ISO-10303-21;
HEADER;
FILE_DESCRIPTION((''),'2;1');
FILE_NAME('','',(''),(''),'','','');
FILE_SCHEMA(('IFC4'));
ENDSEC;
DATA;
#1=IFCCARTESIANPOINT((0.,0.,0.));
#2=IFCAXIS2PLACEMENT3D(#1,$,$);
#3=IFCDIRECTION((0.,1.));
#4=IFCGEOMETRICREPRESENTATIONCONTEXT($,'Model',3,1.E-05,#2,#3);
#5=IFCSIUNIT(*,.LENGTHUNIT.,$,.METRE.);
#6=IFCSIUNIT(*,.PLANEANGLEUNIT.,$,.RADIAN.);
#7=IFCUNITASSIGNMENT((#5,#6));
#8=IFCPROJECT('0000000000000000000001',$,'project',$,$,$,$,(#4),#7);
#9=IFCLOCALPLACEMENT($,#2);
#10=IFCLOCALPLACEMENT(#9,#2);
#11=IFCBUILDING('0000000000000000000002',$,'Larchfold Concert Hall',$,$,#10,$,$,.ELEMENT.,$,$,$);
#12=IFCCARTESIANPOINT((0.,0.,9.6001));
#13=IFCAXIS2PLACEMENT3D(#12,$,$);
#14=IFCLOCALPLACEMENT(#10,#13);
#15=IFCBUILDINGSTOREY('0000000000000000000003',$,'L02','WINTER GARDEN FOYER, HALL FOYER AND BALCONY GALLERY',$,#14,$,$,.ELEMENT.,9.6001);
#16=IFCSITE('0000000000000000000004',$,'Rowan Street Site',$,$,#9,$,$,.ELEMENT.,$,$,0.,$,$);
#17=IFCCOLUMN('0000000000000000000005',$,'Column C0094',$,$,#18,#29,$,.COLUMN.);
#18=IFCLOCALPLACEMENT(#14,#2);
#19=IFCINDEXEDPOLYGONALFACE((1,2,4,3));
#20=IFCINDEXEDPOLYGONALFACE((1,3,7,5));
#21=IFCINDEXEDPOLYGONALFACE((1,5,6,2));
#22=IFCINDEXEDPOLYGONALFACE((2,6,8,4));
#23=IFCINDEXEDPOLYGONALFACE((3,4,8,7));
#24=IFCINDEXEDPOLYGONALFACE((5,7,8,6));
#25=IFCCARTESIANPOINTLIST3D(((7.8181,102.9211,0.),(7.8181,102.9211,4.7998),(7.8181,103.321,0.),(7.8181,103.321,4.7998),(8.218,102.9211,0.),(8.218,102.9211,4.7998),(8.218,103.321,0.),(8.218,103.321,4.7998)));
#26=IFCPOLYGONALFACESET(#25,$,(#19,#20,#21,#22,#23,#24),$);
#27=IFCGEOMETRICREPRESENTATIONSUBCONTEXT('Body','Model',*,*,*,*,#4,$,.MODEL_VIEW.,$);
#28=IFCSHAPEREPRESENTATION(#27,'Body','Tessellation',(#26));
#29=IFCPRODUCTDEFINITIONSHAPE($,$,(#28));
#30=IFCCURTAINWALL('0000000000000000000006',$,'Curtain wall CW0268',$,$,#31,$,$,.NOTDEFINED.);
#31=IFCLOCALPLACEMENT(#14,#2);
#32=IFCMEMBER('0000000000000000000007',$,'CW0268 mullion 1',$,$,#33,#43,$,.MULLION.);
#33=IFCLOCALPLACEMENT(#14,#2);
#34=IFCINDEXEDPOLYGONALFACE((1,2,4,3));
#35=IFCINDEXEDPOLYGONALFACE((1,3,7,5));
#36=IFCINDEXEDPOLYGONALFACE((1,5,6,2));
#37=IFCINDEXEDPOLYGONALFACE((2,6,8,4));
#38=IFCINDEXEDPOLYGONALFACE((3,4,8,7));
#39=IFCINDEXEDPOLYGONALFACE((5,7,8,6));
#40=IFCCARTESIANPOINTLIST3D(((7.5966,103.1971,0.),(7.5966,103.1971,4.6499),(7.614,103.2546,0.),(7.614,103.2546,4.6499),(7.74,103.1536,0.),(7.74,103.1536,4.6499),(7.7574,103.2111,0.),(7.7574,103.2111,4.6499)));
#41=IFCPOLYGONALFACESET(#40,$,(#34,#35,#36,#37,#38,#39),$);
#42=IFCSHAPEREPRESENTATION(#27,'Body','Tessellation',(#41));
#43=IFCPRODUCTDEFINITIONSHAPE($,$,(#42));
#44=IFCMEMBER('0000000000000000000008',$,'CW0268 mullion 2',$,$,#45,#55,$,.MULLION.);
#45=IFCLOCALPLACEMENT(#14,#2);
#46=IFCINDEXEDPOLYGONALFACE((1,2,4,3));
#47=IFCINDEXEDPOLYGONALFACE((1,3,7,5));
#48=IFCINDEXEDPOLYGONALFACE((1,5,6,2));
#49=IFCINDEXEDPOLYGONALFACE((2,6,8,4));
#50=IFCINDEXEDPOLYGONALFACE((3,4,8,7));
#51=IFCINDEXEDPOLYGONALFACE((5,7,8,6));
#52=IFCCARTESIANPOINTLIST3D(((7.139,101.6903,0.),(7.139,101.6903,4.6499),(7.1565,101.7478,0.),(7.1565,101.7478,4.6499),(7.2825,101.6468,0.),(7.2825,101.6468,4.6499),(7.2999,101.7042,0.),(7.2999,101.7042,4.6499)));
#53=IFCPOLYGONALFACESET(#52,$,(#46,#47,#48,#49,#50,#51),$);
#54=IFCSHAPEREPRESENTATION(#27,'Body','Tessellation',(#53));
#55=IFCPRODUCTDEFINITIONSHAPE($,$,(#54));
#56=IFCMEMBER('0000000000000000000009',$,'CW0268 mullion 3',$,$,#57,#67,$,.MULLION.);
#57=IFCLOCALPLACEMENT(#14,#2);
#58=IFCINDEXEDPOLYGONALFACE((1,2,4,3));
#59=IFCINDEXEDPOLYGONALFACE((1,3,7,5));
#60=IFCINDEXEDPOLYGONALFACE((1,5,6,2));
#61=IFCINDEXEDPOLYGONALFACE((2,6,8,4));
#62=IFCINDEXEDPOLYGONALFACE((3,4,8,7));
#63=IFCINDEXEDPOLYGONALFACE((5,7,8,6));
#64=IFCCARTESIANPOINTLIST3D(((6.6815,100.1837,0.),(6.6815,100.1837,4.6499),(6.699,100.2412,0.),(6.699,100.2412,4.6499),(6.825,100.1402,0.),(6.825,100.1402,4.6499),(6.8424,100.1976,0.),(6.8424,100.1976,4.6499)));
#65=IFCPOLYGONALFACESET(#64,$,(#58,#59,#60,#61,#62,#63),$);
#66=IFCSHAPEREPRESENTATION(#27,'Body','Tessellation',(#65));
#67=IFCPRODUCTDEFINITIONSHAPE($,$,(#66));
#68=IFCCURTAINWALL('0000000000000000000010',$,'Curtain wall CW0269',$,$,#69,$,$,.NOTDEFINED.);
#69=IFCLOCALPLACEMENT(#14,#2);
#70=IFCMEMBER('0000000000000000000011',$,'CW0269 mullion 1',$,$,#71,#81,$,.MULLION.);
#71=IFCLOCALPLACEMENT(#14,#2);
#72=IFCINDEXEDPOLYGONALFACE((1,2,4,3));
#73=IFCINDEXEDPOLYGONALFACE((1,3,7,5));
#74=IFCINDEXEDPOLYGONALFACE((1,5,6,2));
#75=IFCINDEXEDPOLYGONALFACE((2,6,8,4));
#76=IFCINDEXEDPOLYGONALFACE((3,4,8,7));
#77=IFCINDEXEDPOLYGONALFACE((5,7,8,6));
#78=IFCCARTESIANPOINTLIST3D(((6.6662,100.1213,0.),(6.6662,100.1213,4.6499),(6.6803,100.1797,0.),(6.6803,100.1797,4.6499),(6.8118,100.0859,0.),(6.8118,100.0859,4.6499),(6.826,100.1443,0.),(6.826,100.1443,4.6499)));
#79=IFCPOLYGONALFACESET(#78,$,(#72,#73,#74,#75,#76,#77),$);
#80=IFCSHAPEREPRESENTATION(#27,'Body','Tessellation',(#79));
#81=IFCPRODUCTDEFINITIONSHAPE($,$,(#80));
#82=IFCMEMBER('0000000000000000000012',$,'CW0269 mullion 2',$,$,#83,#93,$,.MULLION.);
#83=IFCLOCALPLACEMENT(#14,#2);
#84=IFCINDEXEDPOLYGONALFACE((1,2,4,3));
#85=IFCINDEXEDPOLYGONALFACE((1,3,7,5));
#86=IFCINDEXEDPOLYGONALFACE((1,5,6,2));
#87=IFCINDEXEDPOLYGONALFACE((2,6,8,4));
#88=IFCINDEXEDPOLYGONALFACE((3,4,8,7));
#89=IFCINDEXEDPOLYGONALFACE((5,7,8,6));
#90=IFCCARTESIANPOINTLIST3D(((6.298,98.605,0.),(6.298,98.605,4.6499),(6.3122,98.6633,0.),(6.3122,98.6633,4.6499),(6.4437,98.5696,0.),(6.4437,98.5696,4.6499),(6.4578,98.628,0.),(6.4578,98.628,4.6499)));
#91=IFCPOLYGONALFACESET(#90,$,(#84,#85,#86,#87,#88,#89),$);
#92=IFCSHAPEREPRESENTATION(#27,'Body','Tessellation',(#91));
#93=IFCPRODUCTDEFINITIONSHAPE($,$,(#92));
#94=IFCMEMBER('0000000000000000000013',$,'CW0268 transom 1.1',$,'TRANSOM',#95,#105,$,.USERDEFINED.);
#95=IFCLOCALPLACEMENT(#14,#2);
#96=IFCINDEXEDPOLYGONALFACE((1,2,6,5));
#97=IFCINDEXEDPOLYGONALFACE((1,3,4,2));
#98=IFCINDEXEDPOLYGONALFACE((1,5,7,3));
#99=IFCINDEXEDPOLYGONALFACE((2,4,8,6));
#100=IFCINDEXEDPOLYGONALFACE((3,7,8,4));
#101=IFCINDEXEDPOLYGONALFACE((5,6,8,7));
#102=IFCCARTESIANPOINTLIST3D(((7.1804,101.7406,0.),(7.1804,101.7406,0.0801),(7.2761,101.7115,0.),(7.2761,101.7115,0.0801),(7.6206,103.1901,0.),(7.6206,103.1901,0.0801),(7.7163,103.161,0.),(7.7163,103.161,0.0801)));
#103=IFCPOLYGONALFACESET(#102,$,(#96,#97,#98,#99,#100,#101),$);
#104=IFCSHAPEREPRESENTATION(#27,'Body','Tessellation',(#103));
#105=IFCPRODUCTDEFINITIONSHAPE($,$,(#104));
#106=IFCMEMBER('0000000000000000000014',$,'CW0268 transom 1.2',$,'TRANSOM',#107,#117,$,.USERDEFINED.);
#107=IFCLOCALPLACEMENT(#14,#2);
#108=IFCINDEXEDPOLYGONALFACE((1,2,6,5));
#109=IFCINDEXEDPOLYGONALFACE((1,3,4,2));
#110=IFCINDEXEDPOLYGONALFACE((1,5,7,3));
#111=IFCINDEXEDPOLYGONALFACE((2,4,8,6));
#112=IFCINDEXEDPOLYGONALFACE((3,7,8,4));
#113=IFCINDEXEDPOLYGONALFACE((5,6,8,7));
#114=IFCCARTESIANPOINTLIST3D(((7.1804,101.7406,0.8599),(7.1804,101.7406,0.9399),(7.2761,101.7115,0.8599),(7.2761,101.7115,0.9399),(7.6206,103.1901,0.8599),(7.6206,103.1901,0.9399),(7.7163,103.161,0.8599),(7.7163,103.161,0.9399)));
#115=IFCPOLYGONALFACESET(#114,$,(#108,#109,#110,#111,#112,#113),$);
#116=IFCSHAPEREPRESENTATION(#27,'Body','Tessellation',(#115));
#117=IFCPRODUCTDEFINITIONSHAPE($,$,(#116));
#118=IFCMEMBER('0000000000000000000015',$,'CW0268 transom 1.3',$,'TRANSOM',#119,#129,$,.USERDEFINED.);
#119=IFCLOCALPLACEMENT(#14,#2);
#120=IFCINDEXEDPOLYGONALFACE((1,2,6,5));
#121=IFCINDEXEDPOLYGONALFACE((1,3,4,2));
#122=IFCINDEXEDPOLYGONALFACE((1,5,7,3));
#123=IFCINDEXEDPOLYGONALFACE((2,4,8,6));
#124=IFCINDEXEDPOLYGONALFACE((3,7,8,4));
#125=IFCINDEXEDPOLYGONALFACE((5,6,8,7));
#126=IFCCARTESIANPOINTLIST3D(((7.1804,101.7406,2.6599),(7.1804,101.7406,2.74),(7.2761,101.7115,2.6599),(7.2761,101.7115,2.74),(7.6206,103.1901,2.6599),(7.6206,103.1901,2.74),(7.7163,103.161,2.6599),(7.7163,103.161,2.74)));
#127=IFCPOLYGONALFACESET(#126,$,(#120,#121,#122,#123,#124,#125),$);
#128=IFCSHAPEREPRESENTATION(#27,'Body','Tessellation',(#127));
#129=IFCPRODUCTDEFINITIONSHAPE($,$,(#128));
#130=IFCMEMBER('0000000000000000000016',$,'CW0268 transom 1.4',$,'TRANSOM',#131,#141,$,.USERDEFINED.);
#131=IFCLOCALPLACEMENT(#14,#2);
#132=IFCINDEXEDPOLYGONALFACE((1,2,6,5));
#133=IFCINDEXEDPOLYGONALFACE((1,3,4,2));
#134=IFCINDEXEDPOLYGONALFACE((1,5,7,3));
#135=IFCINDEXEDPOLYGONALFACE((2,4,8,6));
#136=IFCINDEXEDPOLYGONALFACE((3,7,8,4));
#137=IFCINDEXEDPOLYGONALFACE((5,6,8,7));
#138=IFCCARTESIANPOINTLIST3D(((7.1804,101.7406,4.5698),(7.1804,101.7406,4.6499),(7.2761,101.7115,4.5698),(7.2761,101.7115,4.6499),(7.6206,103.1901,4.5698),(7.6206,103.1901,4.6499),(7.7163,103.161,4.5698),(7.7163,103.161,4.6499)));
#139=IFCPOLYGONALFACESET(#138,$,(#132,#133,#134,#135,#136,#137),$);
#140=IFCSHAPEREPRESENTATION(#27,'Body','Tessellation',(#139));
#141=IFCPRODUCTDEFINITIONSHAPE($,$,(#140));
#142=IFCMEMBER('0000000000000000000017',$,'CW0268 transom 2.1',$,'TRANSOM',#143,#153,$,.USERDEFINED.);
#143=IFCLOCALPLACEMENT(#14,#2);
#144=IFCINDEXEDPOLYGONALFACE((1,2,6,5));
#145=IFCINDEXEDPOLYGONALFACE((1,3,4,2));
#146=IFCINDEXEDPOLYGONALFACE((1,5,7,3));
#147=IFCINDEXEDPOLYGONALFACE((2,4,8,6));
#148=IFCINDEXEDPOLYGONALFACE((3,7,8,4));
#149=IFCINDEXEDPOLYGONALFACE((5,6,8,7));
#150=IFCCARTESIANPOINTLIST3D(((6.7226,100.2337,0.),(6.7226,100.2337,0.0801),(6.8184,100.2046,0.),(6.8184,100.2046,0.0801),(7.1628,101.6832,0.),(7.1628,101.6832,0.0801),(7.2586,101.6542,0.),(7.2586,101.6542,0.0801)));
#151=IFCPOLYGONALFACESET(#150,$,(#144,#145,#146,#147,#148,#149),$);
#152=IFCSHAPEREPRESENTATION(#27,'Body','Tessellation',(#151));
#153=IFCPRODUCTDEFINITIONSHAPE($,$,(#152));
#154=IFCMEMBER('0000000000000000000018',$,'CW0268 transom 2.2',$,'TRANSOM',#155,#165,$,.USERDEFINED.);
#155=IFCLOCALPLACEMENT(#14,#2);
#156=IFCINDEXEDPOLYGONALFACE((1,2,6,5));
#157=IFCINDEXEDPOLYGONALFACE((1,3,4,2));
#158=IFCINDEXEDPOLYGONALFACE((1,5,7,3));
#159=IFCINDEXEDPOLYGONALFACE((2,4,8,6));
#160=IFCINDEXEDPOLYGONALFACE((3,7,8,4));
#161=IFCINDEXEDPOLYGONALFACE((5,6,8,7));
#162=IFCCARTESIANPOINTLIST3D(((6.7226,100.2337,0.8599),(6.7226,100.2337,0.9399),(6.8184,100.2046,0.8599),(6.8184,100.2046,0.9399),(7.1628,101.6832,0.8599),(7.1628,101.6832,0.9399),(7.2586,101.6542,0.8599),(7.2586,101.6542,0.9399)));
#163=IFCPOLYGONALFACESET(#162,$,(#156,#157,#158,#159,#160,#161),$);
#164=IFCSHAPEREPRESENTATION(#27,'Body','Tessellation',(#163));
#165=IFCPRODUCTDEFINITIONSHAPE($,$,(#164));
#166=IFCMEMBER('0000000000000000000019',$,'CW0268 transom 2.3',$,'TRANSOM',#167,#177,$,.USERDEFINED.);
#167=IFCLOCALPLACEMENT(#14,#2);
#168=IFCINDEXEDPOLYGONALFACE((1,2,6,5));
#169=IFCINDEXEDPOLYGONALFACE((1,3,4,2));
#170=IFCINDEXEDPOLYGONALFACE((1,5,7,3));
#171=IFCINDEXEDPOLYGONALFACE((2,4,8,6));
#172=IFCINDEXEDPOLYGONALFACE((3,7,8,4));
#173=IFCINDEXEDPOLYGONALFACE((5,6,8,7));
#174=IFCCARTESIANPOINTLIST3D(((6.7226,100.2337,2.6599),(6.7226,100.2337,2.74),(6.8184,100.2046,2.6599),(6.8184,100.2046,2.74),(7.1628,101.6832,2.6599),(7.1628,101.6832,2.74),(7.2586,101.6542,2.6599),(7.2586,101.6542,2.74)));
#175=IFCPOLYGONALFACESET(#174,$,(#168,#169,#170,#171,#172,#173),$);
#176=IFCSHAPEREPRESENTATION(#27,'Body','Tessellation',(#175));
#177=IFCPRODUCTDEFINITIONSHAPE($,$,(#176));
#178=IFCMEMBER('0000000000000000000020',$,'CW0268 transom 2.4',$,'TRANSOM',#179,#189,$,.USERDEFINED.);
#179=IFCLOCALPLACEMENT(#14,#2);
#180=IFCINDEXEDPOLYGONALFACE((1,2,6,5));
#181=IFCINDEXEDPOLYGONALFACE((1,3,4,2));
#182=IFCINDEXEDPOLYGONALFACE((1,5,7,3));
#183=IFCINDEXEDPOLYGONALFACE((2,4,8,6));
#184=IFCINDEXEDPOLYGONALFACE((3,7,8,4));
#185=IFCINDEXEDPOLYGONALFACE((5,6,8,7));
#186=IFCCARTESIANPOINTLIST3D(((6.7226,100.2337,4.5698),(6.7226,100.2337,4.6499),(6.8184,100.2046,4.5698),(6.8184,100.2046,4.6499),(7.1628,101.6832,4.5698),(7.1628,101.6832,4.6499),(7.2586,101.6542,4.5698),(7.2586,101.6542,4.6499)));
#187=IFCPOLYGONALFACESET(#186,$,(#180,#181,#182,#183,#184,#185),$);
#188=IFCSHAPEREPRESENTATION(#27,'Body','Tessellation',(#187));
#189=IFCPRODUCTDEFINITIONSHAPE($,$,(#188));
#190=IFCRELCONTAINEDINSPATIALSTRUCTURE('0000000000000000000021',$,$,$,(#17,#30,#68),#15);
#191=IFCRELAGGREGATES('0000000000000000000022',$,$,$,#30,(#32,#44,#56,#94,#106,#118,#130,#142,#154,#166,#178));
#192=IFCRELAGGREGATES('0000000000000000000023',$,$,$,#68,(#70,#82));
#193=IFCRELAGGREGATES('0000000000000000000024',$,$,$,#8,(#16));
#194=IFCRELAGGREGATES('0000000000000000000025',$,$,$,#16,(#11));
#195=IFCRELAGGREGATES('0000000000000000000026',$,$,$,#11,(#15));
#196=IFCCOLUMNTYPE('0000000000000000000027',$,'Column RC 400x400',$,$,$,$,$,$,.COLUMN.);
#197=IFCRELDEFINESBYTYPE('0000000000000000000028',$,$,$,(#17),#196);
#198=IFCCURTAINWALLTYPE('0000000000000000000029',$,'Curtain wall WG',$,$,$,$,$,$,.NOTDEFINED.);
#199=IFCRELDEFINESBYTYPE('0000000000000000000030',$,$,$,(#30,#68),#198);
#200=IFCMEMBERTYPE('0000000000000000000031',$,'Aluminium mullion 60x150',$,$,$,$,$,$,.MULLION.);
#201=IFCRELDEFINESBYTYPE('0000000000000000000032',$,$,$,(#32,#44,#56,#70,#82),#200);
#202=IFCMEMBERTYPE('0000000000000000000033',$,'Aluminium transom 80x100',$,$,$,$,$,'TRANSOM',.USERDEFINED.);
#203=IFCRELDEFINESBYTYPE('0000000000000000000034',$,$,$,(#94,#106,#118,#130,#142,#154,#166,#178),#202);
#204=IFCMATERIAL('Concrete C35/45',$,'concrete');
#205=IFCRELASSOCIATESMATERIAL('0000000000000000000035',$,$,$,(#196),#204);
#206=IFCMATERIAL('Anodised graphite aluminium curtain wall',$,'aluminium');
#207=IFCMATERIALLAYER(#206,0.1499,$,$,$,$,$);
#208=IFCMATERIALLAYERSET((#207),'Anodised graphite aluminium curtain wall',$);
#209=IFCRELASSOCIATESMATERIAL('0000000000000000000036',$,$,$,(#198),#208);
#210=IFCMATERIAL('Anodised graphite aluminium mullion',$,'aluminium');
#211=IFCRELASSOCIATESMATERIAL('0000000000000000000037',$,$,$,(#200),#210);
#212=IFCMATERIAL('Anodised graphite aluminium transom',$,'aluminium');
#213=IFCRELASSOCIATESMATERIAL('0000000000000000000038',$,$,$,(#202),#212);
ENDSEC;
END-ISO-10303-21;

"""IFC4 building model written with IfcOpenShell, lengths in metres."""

from ifc_helpers import new_model, si_unit, direction, frame, origin, origin_2d, place, context, subcontext, project, spatial, rectangle, extrude, material, layer, layer_set, material_profile, profile_set, type_object, element, aggregate, save


model = new_model("IFC4")

# Units and contexts
model_context = context("Model", 3, precision=1e-05, world=origin(), true_north=direction((0.0, 1.0)))
body_context = subcontext(model_context, "Body", "Model", "MODEL_VIEW")
ifc_project = project(units=[si_unit("LENGTHUNIT", "METRE"), si_unit("PLANEANGLEUNIT", "RADIAN")], contexts=[model_context])

# Site, building, storey
site_placement = place(None, origin())
site = spatial("IfcSite", under=ifc_project, at=site_placement, Name="Rowan Street Site", CompositionType="ELEMENT", RefElevation=0.0)
building_placement = place(site_placement, origin())
building = spatial("IfcBuilding", under=site, at=building_placement, Name="Larchfold Concert Hall", CompositionType="ELEMENT")
storey_placement = place(building_placement, frame((0.0, 0.0, 9.6001)))
storey = spatial("IfcBuildingStorey", under=building, at=storey_placement, Name="L02", Description="WINTER GARDEN FOYER, HALL FOYER AND BALCONY GALLERY", CompositionType="ELEMENT", Elevation=9.6001)

# Column
ifc_material_1 = material(Name="Concrete C35/45", Category="concrete")
ifc_material_profile_1 = material_profile(ifc_material_1, rectangle(XDim=0.3999, YDim=0.3999, at=origin_2d()))
ifc_profile_set_1 = profile_set([ifc_material_profile_1], Name="Concrete C35/45")
column_type = type_object("IfcColumnType", Name="Column RC 400x400", PredefinedType="COLUMN", material=ifc_profile_set_1)
column_placement = place(storey_placement, frame((8.0181, 103.1211, 0.0), z_axis=(0.0, 0.0, 1.0), x_axis=(1.0, 0.0, 0.0)))
element("IfcColumn", 1, at=column_placement, inside=storey, type_object=column_type, Name="Column C0094", PredefinedType="COLUMN", context=body_context, shape_type="SweptSolid", body=[
    extrude(rectangle(XDim=0.3999, YDim=0.3999, at=origin_2d()), origin(), (0.0, 0.0, 1.0), 4.7998),
])

# Curtain walls, members
ifc_material_2 = material(Name="Anodised graphite aluminium curtain wall", Category="aluminium")
ifc_layer_1 = layer(ifc_material_2, 0.1499)
ifc_layer_set_1 = layer_set([ifc_layer_1], Name="Anodised graphite aluminium curtain wall")
curtain_wall_type = type_object("IfcCurtainWallType", Name="Curtain wall WG", PredefinedType="NOTDEFINED", material=ifc_layer_set_1)
curtain_wall_1_placement = place(storey_placement, origin())
curtain_wall_1 = element("IfcCurtainWall", 2, at=curtain_wall_1_placement, inside=storey, type_object=curtain_wall_type, Name="Curtain wall CW0268", PredefinedType="NOTDEFINED")
ifc_material_3 = material(Name="Anodised graphite aluminium mullion", Category="aluminium")
ifc_material_profile_2 = material_profile(ifc_material_3, rectangle(XDim=0.1499, YDim=0.0601, at=origin_2d()))
ifc_profile_set_2 = profile_set([ifc_material_profile_2], Name="Anodised graphite aluminium mullion")
member_type_1 = type_object("IfcMemberType", Name="Aluminium mullion 60x150", PredefinedType="MULLION", material=ifc_profile_set_2)
member_1_placement = place(storey_placement, frame((7.677, 103.2041, 0.0), z_axis=(0.0, 0.0, 1.0), x_axis=(0.956851, -0.290577, 0.0)))
member_1 = element("IfcMember", 3, at=member_1_placement, type_object=member_type_1, Name="CW0268 mullion 1", PredefinedType="MULLION", context=body_context, shape_type="SweptSolid", body=[
    extrude(rectangle(XDim=0.1499, YDim=0.0601, at=origin_2d()), origin(), (0.0, 0.0, 1.0), 4.6499),
])
member_2_placement = place(storey_placement, frame((7.2195, 101.6973, 0.0), z_axis=(0.0, 0.0, 1.0), x_axis=(0.956851, -0.290577, 0.0)))
member_2 = element("IfcMember", 4, at=member_2_placement, type_object=member_type_1, Name="CW0268 mullion 2", PredefinedType="MULLION", context=body_context, shape_type="SweptSolid", body=[
    extrude(rectangle(XDim=0.1499, YDim=0.0601, at=origin_2d()), origin(), (0.0, 0.0, 1.0), 4.6499),
])
member_3_placement = place(storey_placement, frame((6.762, 100.1907, 0.0), z_axis=(0.0, 0.0, 1.0), x_axis=(0.956851, -0.290577, 0.0)))
member_3 = element("IfcMember", 5, at=member_3_placement, type_object=member_type_1, Name="CW0268 mullion 3", PredefinedType="MULLION", context=body_context, shape_type="SweptSolid", body=[
    extrude(rectangle(XDim=0.1499, YDim=0.0601, at=origin_2d()), origin(), (0.0, 0.0, 1.0), 4.6499),
])
curtain_wall_2_placement = place(storey_placement, origin())
curtain_wall_2 = element("IfcCurtainWall", 6, at=curtain_wall_2_placement, inside=storey, type_object=curtain_wall_type, Name="Curtain wall CW0269", PredefinedType="NOTDEFINED")
member_4_placement = place(storey_placement, frame((6.7461, 100.1328, 0.0), z_axis=(0.0, 0.0, 1.0), x_axis=(0.971768, -0.235938, 0.0)))
member_4 = element("IfcMember", 7, at=member_4_placement, type_object=member_type_1, Name="CW0269 mullion 1", PredefinedType="MULLION", context=body_context, shape_type="SweptSolid", body=[
    extrude(rectangle(XDim=0.1499, YDim=0.0601, at=origin_2d()), origin(), (0.0, 0.0, 1.0), 4.6499),
])
member_5_placement = place(storey_placement, frame((6.3779, 98.6165, 0.0), z_axis=(0.0, 0.0, 1.0), x_axis=(0.971768, -0.235938, 0.0)))
member_5 = element("IfcMember", 8, at=member_5_placement, type_object=member_type_1, Name="CW0269 mullion 2", PredefinedType="MULLION", context=body_context, shape_type="SweptSolid", body=[
    extrude(rectangle(XDim=0.1499, YDim=0.0601, at=origin_2d()), origin(), (0.0, 0.0, 1.0), 4.6499),
])

# Members
ifc_material_4 = material(Name="Anodised graphite aluminium transom", Category="aluminium")
ifc_material_profile_3 = material_profile(ifc_material_4, rectangle(XDim=0.1001, YDim=0.0801, at=origin_2d()))
ifc_profile_set_3 = profile_set([ifc_material_profile_3], Name="Anodised graphite aluminium transom")
member_type_2 = type_object("IfcMemberType", Name="Aluminium transom 80x100", ElementType="TRANSOM", PredefinedType="USERDEFINED", material=ifc_profile_set_3)
member_6_placement = place(storey_placement, frame((7.6685, 103.1755, 0.04), z_axis=(-0.290584, -0.956849, 0.0), x_axis=(0.956849, -0.290584, 0.0)))
member_6 = element("IfcMember", 9, at=member_6_placement, type_object=member_type_2, Name="CW0268 transom 1.1", ObjectType="TRANSOM", PredefinedType="USERDEFINED", context=body_context, shape_type="SweptSolid", body=[
    extrude(rectangle(XDim=0.1001, YDim=0.0801, at=origin_2d()), origin(), (0.0, 0.0, 1.0), 1.5149),
])
member_7_placement = place(storey_placement, frame((7.6685, 103.1755, 0.8999), z_axis=(-0.290584, -0.956849, 0.0), x_axis=(0.956849, -0.290584, 0.0)))
member_7 = element("IfcMember", 10, at=member_7_placement, type_object=member_type_2, Name="CW0268 transom 1.2", ObjectType="TRANSOM", PredefinedType="USERDEFINED", context=body_context, shape_type="SweptSolid", body=[
    extrude(rectangle(XDim=0.1001, YDim=0.0801, at=origin_2d()), origin(), (0.0, 0.0, 1.0), 1.5149),
])
member_8_placement = place(storey_placement, frame((7.6685, 103.1755, 2.7), z_axis=(-0.290584, -0.956849, 0.0), x_axis=(0.956849, -0.290584, 0.0)))
member_8 = element("IfcMember", 11, at=member_8_placement, type_object=member_type_2, Name="CW0268 transom 1.3", ObjectType="TRANSOM", PredefinedType="USERDEFINED", context=body_context, shape_type="SweptSolid", body=[
    extrude(rectangle(XDim=0.1001, YDim=0.0801, at=origin_2d()), origin(), (0.0, 0.0, 1.0), 1.5149),
])
member_9_placement = place(storey_placement, frame((7.6685, 103.1755, 4.6099), z_axis=(-0.290584, -0.956849, 0.0), x_axis=(0.956849, -0.290584, 0.0)))
member_9 = element("IfcMember", 12, at=member_9_placement, type_object=member_type_2, Name="CW0268 transom 1.4", ObjectType="TRANSOM", PredefinedType="USERDEFINED", context=body_context, shape_type="SweptSolid", body=[
    extrude(rectangle(XDim=0.1001, YDim=0.0801, at=origin_2d()), origin(), (0.0, 0.0, 1.0), 1.5149),
])
member_10_placement = place(storey_placement, frame((7.2107, 101.6687, 0.04), z_axis=(-0.290584, -0.956849, 0.0), x_axis=(0.956849, -0.290584, 0.0)))
member_10 = element("IfcMember", 13, at=member_10_placement, type_object=member_type_2, Name="CW0268 transom 2.1", ObjectType="TRANSOM", PredefinedType="USERDEFINED", context=body_context, shape_type="SweptSolid", body=[
    extrude(rectangle(XDim=0.1001, YDim=0.0801, at=origin_2d()), origin(), (0.0, 0.0, 1.0), 1.5149),
])
member_11_placement = place(storey_placement, frame((7.2107, 101.6687, 0.8999), z_axis=(-0.290584, -0.956849, 0.0), x_axis=(0.956849, -0.290584, 0.0)))
member_11 = element("IfcMember", 14, at=member_11_placement, type_object=member_type_2, Name="CW0268 transom 2.2", ObjectType="TRANSOM", PredefinedType="USERDEFINED", context=body_context, shape_type="SweptSolid", body=[
    extrude(rectangle(XDim=0.1001, YDim=0.0801, at=origin_2d()), origin(), (0.0, 0.0, 1.0), 1.5149),
])
member_12_placement = place(storey_placement, frame((7.2107, 101.6687, 2.7), z_axis=(-0.290584, -0.956849, 0.0), x_axis=(0.956849, -0.290584, 0.0)))
member_12 = element("IfcMember", 15, at=member_12_placement, type_object=member_type_2, Name="CW0268 transom 2.3", ObjectType="TRANSOM", PredefinedType="USERDEFINED", context=body_context, shape_type="SweptSolid", body=[
    extrude(rectangle(XDim=0.1001, YDim=0.0801, at=origin_2d()), origin(), (0.0, 0.0, 1.0), 1.5149),
])
member_13_placement = place(storey_placement, frame((7.2107, 101.6687, 4.6099), z_axis=(-0.290584, -0.956849, 0.0), x_axis=(0.956849, -0.290584, 0.0)))
member_13 = element("IfcMember", 16, at=member_13_placement, type_object=member_type_2, Name="CW0268 transom 2.4", ObjectType="TRANSOM", PredefinedType="USERDEFINED", context=body_context, shape_type="SweptSolid", body=[
    extrude(rectangle(XDim=0.1001, YDim=0.0801, at=origin_2d()), origin(), (0.0, 0.0, 1.0), 1.5149),
])

aggregate(curtain_wall_1, [member_1, member_2, member_3, member_6, member_7, member_8, member_9, member_10, member_11, member_12, member_13])
aggregate(curtain_wall_2, [member_4, member_5])

save(model, "model.ifc")
